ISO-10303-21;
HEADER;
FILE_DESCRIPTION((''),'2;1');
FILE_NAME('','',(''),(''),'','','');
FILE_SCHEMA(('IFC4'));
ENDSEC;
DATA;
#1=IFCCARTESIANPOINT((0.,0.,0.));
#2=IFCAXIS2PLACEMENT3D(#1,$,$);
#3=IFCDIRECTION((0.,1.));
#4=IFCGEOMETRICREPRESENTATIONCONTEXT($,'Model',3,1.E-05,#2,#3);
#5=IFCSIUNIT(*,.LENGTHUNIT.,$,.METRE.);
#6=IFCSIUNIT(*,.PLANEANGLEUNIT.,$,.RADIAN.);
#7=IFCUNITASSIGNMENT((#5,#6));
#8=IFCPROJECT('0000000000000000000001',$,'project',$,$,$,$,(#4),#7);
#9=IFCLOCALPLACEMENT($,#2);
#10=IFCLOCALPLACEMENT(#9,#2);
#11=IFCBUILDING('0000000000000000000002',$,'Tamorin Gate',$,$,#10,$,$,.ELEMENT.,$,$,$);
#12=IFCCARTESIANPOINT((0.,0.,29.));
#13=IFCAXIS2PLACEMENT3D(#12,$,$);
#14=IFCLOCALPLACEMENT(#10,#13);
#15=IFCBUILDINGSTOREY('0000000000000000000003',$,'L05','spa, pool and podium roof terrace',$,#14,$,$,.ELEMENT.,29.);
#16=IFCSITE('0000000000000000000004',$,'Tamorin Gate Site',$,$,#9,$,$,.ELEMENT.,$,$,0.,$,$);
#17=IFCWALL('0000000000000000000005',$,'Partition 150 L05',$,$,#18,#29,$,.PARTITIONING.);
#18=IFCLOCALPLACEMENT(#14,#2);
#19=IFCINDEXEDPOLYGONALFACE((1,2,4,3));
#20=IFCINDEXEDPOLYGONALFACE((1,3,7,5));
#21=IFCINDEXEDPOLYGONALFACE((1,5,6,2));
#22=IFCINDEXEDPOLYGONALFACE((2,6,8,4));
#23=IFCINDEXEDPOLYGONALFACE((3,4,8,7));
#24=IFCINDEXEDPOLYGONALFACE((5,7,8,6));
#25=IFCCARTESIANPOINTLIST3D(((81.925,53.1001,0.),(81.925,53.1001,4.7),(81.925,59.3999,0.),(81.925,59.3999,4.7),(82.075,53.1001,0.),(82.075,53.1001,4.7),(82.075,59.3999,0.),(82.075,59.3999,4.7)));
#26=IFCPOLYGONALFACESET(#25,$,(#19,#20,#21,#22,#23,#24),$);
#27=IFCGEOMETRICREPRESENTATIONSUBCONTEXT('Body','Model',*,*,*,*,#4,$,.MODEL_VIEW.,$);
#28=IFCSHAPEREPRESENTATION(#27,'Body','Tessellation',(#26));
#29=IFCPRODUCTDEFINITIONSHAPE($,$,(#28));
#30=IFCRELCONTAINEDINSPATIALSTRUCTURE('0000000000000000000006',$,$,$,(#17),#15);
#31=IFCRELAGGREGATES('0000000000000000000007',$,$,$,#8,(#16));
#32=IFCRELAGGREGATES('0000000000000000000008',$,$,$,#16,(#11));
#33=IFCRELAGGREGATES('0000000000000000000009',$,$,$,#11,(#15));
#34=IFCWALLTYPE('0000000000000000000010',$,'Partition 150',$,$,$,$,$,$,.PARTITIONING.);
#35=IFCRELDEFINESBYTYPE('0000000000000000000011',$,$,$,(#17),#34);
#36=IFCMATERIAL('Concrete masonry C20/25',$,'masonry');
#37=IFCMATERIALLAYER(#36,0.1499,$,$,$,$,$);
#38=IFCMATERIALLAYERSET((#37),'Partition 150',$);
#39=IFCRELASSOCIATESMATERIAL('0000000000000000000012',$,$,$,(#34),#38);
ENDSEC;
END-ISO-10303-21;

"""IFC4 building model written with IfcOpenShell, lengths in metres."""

from ifc_helpers import new_model, si_unit, direction, frame, frame_2d, origin, place, context, subcontext, project, spatial, rectangle, extrude, material, layer, layer_set, type_object, element, save


model = new_model("IFC4")

# Units and contexts
model_context = context("Model", 3, precision=1e-05, world=origin(), true_north=direction((0.0, 1.0)))
body_context = subcontext(model_context, "Body", "Model", "MODEL_VIEW")
ifc_project = project(units=[si_unit("LENGTHUNIT", "METRE"), si_unit("PLANEANGLEUNIT", "RADIAN")], contexts=[model_context])

# Site, building, storey
site_placement = place(None, origin())
site = spatial("IfcSite", under=ifc_project, at=site_placement, Name="Tamorin Gate Site", CompositionType="ELEMENT", RefElevation=0.0)
building_placement = place(site_placement, origin())
building = spatial("IfcBuilding", under=site, at=building_placement, Name="Tamorin Gate", CompositionType="ELEMENT")
storey_placement = place(building_placement, frame((0.0, 0.0, 29.0)))
storey = spatial("IfcBuildingStorey", under=building, at=storey_placement, Name="L05", Description="spa, pool and podium roof terrace", CompositionType="ELEMENT", Elevation=29.0)

# Shared definitions
ifc_material_1 = material(Name="Concrete masonry C20/25", Category="masonry")
ifc_layer = layer(ifc_material_1, 0.1499)
ifc_layer_set = layer_set([ifc_layer], Name="Partition 150")
wall_type = type_object("IfcWallType", Name="Partition 150", PredefinedType="PARTITIONING", material=ifc_layer_set)

# Wall
wall_1_placement = place(storey_placement, frame((82.0, 53.1001, 0.0), z_axis=(0.0, 0.0, 1.0), x_axis=(0.0, 1.0, 0.0)))
element("IfcWall", 1, at=wall_1_placement, inside=storey, type_object=wall_type, Name="Partition 150 L05", PredefinedType="PARTITIONING", context=body_context, shape_type="SweptSolid", body=[
    extrude(rectangle(XDim=6.2998, YDim=0.1499, at=frame_2d((3.1499, 0.0))), origin(), (0.0, 0.0, 1.0), 4.7),
])

save(model, "model.ifc")
